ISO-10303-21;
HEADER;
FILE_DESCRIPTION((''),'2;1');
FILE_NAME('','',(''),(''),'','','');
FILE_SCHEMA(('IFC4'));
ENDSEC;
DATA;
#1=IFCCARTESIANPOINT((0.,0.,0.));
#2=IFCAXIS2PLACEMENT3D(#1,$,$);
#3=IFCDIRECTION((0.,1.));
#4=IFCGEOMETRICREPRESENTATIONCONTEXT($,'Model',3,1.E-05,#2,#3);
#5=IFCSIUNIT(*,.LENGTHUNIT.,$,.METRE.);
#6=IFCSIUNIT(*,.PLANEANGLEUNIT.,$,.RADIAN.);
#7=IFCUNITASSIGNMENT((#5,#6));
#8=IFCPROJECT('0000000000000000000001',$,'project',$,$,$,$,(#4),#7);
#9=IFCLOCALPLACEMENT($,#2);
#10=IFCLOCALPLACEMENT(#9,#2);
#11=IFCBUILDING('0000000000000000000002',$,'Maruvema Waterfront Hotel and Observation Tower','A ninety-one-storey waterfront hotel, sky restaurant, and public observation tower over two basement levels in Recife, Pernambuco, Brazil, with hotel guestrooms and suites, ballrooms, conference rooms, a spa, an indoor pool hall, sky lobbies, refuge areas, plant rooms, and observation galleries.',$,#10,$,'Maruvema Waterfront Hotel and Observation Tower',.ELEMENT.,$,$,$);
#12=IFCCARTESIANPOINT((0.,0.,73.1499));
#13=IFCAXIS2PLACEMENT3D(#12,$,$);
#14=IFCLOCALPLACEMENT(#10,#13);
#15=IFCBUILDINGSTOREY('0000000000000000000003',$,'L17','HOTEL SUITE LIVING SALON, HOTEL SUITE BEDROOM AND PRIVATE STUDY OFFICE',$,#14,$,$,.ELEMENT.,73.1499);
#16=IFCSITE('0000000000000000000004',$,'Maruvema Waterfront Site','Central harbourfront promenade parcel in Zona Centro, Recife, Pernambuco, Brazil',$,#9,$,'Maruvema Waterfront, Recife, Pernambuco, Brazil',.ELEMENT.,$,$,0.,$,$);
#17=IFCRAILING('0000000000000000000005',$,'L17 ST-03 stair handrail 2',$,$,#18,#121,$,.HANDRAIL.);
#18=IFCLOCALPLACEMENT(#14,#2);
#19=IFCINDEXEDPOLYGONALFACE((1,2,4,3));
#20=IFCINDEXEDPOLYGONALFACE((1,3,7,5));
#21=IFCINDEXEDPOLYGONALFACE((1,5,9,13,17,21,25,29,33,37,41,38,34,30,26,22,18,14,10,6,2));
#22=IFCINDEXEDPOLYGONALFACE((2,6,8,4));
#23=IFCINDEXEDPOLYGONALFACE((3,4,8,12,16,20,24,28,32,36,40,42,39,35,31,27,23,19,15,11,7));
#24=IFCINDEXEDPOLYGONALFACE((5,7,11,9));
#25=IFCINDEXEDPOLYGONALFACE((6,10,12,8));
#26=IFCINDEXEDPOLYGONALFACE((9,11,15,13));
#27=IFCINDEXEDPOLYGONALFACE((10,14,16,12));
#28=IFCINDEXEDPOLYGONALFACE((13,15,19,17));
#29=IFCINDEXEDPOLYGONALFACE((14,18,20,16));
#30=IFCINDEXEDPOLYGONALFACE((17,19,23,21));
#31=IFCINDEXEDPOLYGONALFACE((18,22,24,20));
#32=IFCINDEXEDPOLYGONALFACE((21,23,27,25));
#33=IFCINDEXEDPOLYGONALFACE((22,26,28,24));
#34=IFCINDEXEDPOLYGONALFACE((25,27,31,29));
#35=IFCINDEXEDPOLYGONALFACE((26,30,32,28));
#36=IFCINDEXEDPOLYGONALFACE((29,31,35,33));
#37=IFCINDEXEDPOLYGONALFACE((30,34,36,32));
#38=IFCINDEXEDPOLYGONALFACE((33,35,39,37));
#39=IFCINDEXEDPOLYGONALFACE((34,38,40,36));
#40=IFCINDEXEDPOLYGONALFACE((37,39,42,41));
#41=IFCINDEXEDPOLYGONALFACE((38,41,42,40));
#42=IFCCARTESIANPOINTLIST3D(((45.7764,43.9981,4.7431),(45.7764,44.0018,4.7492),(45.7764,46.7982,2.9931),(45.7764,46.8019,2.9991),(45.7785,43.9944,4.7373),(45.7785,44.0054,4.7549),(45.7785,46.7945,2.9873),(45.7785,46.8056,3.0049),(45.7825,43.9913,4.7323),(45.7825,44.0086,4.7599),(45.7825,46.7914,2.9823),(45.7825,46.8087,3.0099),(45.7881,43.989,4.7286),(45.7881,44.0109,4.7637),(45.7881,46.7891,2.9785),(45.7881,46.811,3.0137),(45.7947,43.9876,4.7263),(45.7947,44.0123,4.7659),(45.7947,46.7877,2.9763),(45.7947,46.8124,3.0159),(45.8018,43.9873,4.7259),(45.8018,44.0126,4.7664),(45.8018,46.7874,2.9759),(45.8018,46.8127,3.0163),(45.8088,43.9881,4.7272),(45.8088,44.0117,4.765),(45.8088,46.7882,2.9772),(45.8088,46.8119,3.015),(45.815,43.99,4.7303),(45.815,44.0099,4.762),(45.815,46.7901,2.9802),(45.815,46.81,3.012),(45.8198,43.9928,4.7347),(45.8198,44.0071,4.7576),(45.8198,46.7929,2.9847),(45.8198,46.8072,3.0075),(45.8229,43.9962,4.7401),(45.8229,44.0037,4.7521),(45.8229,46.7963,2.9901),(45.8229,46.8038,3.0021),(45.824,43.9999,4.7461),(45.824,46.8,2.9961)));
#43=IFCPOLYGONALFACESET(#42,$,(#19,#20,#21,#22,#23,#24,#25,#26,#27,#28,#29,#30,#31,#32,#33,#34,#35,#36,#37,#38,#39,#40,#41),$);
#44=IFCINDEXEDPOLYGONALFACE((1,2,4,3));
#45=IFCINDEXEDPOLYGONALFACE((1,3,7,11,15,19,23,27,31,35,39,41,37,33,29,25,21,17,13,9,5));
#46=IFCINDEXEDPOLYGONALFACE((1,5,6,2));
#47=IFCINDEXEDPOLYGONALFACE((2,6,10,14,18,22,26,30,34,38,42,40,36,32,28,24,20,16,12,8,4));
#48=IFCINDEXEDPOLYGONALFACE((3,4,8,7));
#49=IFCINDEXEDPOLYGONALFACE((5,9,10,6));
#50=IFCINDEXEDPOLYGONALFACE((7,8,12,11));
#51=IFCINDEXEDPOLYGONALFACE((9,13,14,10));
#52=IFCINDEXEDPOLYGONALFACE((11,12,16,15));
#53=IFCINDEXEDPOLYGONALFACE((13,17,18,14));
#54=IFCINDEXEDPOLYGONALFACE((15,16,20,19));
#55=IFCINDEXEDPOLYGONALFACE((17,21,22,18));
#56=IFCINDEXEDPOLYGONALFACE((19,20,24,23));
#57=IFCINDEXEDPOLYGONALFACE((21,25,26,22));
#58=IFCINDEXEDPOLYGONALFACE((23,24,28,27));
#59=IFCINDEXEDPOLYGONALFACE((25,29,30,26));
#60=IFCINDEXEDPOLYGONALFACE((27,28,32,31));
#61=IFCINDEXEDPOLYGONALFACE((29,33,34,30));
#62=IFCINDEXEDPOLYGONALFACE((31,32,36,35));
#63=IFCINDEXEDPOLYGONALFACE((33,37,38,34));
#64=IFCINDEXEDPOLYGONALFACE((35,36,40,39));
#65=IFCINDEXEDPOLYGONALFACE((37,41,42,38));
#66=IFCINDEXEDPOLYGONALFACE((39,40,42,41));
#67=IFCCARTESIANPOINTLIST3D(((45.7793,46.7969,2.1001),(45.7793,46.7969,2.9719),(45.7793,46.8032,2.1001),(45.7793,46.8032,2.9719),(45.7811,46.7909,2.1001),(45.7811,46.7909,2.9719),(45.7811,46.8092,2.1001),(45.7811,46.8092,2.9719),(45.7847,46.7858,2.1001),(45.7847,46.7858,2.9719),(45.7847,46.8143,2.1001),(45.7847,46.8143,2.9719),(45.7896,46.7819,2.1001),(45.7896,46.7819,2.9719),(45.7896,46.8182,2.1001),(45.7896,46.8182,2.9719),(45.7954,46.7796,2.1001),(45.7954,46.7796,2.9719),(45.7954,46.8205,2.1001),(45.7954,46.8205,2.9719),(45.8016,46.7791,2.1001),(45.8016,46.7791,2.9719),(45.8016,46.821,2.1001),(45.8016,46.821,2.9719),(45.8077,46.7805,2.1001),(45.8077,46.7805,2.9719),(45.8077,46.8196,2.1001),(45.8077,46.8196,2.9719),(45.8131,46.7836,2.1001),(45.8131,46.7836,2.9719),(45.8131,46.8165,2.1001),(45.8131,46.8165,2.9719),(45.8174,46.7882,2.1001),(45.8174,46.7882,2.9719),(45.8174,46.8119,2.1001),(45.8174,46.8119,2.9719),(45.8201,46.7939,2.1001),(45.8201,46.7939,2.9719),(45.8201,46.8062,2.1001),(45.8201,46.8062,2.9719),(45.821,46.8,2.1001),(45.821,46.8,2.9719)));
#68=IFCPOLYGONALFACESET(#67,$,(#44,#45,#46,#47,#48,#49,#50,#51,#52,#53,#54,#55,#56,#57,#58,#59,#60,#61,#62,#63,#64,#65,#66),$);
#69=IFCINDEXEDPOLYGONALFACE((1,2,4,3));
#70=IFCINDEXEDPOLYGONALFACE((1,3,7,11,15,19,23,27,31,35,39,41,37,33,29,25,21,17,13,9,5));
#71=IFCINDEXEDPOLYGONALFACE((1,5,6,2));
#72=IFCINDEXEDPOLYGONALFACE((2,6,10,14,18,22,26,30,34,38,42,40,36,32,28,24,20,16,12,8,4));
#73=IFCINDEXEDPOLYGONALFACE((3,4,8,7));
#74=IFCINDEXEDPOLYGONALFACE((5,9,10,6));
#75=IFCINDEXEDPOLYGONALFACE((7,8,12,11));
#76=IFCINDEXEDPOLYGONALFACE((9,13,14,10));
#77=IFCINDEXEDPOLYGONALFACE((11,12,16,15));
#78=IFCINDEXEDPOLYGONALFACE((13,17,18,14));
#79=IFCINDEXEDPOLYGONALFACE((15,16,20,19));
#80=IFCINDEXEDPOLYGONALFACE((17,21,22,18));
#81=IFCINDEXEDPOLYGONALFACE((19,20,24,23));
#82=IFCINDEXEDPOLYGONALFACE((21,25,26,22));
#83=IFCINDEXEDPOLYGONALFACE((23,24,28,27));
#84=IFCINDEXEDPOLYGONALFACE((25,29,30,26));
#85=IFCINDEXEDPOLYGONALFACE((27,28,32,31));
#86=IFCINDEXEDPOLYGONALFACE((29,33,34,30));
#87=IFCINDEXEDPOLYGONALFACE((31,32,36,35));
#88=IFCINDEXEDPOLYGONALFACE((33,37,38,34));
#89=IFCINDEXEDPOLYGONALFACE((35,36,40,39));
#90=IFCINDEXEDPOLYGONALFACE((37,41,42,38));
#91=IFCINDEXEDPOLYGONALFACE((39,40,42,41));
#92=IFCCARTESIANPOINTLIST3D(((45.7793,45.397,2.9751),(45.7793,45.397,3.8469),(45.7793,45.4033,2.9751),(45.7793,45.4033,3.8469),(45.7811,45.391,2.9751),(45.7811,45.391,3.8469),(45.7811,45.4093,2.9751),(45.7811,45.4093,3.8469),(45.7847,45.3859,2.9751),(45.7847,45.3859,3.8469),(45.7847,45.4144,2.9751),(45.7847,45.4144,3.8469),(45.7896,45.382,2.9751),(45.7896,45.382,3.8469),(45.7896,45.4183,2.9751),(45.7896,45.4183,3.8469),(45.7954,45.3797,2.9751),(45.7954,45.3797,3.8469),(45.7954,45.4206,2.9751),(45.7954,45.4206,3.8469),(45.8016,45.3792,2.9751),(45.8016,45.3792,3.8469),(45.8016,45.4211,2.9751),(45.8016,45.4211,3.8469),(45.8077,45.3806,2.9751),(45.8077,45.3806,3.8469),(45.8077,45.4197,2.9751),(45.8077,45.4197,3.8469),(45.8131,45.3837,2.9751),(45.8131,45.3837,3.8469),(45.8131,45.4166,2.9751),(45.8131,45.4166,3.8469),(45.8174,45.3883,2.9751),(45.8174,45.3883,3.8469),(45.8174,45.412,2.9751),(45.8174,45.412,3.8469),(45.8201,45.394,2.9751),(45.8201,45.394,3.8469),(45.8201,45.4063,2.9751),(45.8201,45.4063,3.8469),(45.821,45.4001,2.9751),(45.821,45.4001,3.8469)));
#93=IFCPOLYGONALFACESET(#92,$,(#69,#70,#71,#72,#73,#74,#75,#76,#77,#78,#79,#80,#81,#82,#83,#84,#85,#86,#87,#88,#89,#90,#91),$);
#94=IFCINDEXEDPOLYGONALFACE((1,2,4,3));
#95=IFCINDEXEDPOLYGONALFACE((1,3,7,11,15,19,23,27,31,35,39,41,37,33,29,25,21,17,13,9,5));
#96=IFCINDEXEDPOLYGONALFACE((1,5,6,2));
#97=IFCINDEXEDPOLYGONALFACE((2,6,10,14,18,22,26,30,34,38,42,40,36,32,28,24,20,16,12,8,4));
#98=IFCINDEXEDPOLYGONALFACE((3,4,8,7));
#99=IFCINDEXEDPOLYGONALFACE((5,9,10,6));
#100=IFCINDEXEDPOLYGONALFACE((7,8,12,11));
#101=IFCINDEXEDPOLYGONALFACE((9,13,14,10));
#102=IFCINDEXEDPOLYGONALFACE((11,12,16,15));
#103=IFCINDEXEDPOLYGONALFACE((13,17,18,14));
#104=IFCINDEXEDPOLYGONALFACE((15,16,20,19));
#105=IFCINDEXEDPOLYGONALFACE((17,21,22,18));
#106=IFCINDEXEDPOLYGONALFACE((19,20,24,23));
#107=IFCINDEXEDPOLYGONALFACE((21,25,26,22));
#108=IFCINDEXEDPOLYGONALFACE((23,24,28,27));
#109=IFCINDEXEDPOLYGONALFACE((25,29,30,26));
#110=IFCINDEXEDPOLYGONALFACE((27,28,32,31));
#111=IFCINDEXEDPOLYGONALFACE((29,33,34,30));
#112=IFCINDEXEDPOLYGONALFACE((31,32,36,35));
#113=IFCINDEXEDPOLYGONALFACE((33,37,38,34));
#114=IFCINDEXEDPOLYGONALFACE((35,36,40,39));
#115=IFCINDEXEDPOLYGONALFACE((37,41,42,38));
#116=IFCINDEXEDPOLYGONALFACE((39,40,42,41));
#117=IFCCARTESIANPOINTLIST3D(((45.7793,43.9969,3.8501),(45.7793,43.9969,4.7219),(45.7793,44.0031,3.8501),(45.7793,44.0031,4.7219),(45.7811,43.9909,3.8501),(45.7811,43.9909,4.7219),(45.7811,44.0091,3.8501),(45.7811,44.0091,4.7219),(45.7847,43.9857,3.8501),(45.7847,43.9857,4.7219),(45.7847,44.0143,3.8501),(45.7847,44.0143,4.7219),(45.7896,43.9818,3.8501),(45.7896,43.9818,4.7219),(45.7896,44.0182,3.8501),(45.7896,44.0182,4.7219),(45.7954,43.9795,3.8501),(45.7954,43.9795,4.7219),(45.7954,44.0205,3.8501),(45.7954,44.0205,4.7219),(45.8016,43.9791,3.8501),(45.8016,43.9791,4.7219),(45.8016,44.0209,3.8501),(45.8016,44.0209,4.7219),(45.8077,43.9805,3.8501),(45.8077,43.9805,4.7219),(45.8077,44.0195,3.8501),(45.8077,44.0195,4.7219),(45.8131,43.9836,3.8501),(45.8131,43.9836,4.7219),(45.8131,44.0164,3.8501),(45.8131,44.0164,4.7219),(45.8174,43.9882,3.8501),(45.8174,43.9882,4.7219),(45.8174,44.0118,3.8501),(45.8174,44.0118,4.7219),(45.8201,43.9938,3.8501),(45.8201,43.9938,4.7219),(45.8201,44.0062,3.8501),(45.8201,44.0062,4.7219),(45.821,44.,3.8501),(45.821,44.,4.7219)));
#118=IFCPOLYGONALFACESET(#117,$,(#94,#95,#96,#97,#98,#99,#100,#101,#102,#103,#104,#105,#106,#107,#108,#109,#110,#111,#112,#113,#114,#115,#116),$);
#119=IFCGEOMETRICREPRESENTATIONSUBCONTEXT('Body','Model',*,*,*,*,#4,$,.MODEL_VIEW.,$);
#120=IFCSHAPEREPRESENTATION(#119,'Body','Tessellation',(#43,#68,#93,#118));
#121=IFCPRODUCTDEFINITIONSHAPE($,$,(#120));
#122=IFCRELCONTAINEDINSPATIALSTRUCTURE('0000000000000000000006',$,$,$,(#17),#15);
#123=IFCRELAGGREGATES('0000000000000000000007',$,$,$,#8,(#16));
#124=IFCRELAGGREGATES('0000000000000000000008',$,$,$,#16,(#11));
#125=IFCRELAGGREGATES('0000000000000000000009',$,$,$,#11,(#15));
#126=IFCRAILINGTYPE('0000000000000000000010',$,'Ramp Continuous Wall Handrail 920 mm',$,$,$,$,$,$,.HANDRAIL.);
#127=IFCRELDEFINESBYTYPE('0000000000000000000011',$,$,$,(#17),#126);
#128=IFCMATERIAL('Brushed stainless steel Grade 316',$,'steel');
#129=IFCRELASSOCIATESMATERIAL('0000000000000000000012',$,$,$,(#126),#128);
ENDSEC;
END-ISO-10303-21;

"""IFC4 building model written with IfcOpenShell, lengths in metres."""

from ifc_helpers import new_model, si_unit, direction, frame, origin, origin_2d, place, context, subcontext, project, spatial, circle, extrude, material, type_object, element, save


model = new_model("IFC4")

# Units and contexts
model_context = context("Model", 3, precision=1e-05, world=origin(), true_north=direction((0.0, 1.0)))
body_context = subcontext(model_context, "Body", "Model", "MODEL_VIEW")
ifc_project = project(units=[si_unit("LENGTHUNIT", "METRE"), si_unit("PLANEANGLEUNIT", "RADIAN")], contexts=[model_context])

# Site, building, storey
site_placement = place(None, origin())
site = spatial("IfcSite", under=ifc_project, at=site_placement, Name="Maruvema Waterfront Site", Description="Central harbourfront promenade parcel in Zona Centro, Recife, Pernambuco, Brazil", LongName="Maruvema Waterfront, Recife, Pernambuco, Brazil", CompositionType="ELEMENT", RefElevation=0.0)
building_placement = place(site_placement, origin())
building = spatial("IfcBuilding", under=site, at=building_placement, Name="Maruvema Waterfront Hotel and Observation Tower", Description="A ninety-one-storey waterfront hotel, sky restaurant, and public observation tower over two basement levels in Recife, Pernambuco, Brazil, with hotel guestrooms and suites, ballrooms, conference rooms, a spa, an indoor pool hall, sky lobbies, refuge areas, plant rooms, and observation galleries.", LongName="Maruvema Waterfront Hotel and Observation Tower", CompositionType="ELEMENT")
storey_placement = place(building_placement, frame((0.0, 0.0, 73.1499)))
storey = spatial("IfcBuildingStorey", under=building, at=storey_placement, Name="L17", Description="HOTEL SUITE LIVING SALON, HOTEL SUITE BEDROOM AND PRIVATE STUDY OFFICE", CompositionType="ELEMENT", Elevation=73.1499)

# Railing
ifc_material_1 = material(Name="Brushed stainless steel Grade 316", Category="steel")
railing_type_1 = type_object("IfcRailingType", Name="Ramp Continuous Wall Handrail 920 mm", PredefinedType="HANDRAIL", material=ifc_material_1)
railing_1_placement = place(storey_placement, frame((45.8, 46.8, 2.1001)))
element("IfcRailing", 1, at=railing_1_placement, inside=storey, type_object=railing_type_1, Name="L17 ST-03 stair handrail 2", PredefinedType="HANDRAIL", context=body_context, shape_type="SweptSolid", body=[
    extrude(circle(Radius=0.0239, at=origin_2d()), frame((0.0, 0.0, 0.896), z_axis=(0.0, -0.848002, 0.529992), x_axis=(1.0, 0.0, 0.0)), (0.0, 0.0, 1.0), 3.302),
    extrude(circle(Radius=0.021, at=origin_2d()), origin(), (0.0, 0.0, 1.0), 0.8718),
    extrude(circle(Radius=0.021, at=origin_2d()), frame((0.0, -1.3999, 0.875)), (0.0, 0.0, 1.0), 0.8718),
    extrude(circle(Radius=0.021, at=origin_2d()), frame((0.0, -2.8, 1.75)), (0.0, 0.0, 1.0), 0.8718),
])

save(model, "model.ifc")
